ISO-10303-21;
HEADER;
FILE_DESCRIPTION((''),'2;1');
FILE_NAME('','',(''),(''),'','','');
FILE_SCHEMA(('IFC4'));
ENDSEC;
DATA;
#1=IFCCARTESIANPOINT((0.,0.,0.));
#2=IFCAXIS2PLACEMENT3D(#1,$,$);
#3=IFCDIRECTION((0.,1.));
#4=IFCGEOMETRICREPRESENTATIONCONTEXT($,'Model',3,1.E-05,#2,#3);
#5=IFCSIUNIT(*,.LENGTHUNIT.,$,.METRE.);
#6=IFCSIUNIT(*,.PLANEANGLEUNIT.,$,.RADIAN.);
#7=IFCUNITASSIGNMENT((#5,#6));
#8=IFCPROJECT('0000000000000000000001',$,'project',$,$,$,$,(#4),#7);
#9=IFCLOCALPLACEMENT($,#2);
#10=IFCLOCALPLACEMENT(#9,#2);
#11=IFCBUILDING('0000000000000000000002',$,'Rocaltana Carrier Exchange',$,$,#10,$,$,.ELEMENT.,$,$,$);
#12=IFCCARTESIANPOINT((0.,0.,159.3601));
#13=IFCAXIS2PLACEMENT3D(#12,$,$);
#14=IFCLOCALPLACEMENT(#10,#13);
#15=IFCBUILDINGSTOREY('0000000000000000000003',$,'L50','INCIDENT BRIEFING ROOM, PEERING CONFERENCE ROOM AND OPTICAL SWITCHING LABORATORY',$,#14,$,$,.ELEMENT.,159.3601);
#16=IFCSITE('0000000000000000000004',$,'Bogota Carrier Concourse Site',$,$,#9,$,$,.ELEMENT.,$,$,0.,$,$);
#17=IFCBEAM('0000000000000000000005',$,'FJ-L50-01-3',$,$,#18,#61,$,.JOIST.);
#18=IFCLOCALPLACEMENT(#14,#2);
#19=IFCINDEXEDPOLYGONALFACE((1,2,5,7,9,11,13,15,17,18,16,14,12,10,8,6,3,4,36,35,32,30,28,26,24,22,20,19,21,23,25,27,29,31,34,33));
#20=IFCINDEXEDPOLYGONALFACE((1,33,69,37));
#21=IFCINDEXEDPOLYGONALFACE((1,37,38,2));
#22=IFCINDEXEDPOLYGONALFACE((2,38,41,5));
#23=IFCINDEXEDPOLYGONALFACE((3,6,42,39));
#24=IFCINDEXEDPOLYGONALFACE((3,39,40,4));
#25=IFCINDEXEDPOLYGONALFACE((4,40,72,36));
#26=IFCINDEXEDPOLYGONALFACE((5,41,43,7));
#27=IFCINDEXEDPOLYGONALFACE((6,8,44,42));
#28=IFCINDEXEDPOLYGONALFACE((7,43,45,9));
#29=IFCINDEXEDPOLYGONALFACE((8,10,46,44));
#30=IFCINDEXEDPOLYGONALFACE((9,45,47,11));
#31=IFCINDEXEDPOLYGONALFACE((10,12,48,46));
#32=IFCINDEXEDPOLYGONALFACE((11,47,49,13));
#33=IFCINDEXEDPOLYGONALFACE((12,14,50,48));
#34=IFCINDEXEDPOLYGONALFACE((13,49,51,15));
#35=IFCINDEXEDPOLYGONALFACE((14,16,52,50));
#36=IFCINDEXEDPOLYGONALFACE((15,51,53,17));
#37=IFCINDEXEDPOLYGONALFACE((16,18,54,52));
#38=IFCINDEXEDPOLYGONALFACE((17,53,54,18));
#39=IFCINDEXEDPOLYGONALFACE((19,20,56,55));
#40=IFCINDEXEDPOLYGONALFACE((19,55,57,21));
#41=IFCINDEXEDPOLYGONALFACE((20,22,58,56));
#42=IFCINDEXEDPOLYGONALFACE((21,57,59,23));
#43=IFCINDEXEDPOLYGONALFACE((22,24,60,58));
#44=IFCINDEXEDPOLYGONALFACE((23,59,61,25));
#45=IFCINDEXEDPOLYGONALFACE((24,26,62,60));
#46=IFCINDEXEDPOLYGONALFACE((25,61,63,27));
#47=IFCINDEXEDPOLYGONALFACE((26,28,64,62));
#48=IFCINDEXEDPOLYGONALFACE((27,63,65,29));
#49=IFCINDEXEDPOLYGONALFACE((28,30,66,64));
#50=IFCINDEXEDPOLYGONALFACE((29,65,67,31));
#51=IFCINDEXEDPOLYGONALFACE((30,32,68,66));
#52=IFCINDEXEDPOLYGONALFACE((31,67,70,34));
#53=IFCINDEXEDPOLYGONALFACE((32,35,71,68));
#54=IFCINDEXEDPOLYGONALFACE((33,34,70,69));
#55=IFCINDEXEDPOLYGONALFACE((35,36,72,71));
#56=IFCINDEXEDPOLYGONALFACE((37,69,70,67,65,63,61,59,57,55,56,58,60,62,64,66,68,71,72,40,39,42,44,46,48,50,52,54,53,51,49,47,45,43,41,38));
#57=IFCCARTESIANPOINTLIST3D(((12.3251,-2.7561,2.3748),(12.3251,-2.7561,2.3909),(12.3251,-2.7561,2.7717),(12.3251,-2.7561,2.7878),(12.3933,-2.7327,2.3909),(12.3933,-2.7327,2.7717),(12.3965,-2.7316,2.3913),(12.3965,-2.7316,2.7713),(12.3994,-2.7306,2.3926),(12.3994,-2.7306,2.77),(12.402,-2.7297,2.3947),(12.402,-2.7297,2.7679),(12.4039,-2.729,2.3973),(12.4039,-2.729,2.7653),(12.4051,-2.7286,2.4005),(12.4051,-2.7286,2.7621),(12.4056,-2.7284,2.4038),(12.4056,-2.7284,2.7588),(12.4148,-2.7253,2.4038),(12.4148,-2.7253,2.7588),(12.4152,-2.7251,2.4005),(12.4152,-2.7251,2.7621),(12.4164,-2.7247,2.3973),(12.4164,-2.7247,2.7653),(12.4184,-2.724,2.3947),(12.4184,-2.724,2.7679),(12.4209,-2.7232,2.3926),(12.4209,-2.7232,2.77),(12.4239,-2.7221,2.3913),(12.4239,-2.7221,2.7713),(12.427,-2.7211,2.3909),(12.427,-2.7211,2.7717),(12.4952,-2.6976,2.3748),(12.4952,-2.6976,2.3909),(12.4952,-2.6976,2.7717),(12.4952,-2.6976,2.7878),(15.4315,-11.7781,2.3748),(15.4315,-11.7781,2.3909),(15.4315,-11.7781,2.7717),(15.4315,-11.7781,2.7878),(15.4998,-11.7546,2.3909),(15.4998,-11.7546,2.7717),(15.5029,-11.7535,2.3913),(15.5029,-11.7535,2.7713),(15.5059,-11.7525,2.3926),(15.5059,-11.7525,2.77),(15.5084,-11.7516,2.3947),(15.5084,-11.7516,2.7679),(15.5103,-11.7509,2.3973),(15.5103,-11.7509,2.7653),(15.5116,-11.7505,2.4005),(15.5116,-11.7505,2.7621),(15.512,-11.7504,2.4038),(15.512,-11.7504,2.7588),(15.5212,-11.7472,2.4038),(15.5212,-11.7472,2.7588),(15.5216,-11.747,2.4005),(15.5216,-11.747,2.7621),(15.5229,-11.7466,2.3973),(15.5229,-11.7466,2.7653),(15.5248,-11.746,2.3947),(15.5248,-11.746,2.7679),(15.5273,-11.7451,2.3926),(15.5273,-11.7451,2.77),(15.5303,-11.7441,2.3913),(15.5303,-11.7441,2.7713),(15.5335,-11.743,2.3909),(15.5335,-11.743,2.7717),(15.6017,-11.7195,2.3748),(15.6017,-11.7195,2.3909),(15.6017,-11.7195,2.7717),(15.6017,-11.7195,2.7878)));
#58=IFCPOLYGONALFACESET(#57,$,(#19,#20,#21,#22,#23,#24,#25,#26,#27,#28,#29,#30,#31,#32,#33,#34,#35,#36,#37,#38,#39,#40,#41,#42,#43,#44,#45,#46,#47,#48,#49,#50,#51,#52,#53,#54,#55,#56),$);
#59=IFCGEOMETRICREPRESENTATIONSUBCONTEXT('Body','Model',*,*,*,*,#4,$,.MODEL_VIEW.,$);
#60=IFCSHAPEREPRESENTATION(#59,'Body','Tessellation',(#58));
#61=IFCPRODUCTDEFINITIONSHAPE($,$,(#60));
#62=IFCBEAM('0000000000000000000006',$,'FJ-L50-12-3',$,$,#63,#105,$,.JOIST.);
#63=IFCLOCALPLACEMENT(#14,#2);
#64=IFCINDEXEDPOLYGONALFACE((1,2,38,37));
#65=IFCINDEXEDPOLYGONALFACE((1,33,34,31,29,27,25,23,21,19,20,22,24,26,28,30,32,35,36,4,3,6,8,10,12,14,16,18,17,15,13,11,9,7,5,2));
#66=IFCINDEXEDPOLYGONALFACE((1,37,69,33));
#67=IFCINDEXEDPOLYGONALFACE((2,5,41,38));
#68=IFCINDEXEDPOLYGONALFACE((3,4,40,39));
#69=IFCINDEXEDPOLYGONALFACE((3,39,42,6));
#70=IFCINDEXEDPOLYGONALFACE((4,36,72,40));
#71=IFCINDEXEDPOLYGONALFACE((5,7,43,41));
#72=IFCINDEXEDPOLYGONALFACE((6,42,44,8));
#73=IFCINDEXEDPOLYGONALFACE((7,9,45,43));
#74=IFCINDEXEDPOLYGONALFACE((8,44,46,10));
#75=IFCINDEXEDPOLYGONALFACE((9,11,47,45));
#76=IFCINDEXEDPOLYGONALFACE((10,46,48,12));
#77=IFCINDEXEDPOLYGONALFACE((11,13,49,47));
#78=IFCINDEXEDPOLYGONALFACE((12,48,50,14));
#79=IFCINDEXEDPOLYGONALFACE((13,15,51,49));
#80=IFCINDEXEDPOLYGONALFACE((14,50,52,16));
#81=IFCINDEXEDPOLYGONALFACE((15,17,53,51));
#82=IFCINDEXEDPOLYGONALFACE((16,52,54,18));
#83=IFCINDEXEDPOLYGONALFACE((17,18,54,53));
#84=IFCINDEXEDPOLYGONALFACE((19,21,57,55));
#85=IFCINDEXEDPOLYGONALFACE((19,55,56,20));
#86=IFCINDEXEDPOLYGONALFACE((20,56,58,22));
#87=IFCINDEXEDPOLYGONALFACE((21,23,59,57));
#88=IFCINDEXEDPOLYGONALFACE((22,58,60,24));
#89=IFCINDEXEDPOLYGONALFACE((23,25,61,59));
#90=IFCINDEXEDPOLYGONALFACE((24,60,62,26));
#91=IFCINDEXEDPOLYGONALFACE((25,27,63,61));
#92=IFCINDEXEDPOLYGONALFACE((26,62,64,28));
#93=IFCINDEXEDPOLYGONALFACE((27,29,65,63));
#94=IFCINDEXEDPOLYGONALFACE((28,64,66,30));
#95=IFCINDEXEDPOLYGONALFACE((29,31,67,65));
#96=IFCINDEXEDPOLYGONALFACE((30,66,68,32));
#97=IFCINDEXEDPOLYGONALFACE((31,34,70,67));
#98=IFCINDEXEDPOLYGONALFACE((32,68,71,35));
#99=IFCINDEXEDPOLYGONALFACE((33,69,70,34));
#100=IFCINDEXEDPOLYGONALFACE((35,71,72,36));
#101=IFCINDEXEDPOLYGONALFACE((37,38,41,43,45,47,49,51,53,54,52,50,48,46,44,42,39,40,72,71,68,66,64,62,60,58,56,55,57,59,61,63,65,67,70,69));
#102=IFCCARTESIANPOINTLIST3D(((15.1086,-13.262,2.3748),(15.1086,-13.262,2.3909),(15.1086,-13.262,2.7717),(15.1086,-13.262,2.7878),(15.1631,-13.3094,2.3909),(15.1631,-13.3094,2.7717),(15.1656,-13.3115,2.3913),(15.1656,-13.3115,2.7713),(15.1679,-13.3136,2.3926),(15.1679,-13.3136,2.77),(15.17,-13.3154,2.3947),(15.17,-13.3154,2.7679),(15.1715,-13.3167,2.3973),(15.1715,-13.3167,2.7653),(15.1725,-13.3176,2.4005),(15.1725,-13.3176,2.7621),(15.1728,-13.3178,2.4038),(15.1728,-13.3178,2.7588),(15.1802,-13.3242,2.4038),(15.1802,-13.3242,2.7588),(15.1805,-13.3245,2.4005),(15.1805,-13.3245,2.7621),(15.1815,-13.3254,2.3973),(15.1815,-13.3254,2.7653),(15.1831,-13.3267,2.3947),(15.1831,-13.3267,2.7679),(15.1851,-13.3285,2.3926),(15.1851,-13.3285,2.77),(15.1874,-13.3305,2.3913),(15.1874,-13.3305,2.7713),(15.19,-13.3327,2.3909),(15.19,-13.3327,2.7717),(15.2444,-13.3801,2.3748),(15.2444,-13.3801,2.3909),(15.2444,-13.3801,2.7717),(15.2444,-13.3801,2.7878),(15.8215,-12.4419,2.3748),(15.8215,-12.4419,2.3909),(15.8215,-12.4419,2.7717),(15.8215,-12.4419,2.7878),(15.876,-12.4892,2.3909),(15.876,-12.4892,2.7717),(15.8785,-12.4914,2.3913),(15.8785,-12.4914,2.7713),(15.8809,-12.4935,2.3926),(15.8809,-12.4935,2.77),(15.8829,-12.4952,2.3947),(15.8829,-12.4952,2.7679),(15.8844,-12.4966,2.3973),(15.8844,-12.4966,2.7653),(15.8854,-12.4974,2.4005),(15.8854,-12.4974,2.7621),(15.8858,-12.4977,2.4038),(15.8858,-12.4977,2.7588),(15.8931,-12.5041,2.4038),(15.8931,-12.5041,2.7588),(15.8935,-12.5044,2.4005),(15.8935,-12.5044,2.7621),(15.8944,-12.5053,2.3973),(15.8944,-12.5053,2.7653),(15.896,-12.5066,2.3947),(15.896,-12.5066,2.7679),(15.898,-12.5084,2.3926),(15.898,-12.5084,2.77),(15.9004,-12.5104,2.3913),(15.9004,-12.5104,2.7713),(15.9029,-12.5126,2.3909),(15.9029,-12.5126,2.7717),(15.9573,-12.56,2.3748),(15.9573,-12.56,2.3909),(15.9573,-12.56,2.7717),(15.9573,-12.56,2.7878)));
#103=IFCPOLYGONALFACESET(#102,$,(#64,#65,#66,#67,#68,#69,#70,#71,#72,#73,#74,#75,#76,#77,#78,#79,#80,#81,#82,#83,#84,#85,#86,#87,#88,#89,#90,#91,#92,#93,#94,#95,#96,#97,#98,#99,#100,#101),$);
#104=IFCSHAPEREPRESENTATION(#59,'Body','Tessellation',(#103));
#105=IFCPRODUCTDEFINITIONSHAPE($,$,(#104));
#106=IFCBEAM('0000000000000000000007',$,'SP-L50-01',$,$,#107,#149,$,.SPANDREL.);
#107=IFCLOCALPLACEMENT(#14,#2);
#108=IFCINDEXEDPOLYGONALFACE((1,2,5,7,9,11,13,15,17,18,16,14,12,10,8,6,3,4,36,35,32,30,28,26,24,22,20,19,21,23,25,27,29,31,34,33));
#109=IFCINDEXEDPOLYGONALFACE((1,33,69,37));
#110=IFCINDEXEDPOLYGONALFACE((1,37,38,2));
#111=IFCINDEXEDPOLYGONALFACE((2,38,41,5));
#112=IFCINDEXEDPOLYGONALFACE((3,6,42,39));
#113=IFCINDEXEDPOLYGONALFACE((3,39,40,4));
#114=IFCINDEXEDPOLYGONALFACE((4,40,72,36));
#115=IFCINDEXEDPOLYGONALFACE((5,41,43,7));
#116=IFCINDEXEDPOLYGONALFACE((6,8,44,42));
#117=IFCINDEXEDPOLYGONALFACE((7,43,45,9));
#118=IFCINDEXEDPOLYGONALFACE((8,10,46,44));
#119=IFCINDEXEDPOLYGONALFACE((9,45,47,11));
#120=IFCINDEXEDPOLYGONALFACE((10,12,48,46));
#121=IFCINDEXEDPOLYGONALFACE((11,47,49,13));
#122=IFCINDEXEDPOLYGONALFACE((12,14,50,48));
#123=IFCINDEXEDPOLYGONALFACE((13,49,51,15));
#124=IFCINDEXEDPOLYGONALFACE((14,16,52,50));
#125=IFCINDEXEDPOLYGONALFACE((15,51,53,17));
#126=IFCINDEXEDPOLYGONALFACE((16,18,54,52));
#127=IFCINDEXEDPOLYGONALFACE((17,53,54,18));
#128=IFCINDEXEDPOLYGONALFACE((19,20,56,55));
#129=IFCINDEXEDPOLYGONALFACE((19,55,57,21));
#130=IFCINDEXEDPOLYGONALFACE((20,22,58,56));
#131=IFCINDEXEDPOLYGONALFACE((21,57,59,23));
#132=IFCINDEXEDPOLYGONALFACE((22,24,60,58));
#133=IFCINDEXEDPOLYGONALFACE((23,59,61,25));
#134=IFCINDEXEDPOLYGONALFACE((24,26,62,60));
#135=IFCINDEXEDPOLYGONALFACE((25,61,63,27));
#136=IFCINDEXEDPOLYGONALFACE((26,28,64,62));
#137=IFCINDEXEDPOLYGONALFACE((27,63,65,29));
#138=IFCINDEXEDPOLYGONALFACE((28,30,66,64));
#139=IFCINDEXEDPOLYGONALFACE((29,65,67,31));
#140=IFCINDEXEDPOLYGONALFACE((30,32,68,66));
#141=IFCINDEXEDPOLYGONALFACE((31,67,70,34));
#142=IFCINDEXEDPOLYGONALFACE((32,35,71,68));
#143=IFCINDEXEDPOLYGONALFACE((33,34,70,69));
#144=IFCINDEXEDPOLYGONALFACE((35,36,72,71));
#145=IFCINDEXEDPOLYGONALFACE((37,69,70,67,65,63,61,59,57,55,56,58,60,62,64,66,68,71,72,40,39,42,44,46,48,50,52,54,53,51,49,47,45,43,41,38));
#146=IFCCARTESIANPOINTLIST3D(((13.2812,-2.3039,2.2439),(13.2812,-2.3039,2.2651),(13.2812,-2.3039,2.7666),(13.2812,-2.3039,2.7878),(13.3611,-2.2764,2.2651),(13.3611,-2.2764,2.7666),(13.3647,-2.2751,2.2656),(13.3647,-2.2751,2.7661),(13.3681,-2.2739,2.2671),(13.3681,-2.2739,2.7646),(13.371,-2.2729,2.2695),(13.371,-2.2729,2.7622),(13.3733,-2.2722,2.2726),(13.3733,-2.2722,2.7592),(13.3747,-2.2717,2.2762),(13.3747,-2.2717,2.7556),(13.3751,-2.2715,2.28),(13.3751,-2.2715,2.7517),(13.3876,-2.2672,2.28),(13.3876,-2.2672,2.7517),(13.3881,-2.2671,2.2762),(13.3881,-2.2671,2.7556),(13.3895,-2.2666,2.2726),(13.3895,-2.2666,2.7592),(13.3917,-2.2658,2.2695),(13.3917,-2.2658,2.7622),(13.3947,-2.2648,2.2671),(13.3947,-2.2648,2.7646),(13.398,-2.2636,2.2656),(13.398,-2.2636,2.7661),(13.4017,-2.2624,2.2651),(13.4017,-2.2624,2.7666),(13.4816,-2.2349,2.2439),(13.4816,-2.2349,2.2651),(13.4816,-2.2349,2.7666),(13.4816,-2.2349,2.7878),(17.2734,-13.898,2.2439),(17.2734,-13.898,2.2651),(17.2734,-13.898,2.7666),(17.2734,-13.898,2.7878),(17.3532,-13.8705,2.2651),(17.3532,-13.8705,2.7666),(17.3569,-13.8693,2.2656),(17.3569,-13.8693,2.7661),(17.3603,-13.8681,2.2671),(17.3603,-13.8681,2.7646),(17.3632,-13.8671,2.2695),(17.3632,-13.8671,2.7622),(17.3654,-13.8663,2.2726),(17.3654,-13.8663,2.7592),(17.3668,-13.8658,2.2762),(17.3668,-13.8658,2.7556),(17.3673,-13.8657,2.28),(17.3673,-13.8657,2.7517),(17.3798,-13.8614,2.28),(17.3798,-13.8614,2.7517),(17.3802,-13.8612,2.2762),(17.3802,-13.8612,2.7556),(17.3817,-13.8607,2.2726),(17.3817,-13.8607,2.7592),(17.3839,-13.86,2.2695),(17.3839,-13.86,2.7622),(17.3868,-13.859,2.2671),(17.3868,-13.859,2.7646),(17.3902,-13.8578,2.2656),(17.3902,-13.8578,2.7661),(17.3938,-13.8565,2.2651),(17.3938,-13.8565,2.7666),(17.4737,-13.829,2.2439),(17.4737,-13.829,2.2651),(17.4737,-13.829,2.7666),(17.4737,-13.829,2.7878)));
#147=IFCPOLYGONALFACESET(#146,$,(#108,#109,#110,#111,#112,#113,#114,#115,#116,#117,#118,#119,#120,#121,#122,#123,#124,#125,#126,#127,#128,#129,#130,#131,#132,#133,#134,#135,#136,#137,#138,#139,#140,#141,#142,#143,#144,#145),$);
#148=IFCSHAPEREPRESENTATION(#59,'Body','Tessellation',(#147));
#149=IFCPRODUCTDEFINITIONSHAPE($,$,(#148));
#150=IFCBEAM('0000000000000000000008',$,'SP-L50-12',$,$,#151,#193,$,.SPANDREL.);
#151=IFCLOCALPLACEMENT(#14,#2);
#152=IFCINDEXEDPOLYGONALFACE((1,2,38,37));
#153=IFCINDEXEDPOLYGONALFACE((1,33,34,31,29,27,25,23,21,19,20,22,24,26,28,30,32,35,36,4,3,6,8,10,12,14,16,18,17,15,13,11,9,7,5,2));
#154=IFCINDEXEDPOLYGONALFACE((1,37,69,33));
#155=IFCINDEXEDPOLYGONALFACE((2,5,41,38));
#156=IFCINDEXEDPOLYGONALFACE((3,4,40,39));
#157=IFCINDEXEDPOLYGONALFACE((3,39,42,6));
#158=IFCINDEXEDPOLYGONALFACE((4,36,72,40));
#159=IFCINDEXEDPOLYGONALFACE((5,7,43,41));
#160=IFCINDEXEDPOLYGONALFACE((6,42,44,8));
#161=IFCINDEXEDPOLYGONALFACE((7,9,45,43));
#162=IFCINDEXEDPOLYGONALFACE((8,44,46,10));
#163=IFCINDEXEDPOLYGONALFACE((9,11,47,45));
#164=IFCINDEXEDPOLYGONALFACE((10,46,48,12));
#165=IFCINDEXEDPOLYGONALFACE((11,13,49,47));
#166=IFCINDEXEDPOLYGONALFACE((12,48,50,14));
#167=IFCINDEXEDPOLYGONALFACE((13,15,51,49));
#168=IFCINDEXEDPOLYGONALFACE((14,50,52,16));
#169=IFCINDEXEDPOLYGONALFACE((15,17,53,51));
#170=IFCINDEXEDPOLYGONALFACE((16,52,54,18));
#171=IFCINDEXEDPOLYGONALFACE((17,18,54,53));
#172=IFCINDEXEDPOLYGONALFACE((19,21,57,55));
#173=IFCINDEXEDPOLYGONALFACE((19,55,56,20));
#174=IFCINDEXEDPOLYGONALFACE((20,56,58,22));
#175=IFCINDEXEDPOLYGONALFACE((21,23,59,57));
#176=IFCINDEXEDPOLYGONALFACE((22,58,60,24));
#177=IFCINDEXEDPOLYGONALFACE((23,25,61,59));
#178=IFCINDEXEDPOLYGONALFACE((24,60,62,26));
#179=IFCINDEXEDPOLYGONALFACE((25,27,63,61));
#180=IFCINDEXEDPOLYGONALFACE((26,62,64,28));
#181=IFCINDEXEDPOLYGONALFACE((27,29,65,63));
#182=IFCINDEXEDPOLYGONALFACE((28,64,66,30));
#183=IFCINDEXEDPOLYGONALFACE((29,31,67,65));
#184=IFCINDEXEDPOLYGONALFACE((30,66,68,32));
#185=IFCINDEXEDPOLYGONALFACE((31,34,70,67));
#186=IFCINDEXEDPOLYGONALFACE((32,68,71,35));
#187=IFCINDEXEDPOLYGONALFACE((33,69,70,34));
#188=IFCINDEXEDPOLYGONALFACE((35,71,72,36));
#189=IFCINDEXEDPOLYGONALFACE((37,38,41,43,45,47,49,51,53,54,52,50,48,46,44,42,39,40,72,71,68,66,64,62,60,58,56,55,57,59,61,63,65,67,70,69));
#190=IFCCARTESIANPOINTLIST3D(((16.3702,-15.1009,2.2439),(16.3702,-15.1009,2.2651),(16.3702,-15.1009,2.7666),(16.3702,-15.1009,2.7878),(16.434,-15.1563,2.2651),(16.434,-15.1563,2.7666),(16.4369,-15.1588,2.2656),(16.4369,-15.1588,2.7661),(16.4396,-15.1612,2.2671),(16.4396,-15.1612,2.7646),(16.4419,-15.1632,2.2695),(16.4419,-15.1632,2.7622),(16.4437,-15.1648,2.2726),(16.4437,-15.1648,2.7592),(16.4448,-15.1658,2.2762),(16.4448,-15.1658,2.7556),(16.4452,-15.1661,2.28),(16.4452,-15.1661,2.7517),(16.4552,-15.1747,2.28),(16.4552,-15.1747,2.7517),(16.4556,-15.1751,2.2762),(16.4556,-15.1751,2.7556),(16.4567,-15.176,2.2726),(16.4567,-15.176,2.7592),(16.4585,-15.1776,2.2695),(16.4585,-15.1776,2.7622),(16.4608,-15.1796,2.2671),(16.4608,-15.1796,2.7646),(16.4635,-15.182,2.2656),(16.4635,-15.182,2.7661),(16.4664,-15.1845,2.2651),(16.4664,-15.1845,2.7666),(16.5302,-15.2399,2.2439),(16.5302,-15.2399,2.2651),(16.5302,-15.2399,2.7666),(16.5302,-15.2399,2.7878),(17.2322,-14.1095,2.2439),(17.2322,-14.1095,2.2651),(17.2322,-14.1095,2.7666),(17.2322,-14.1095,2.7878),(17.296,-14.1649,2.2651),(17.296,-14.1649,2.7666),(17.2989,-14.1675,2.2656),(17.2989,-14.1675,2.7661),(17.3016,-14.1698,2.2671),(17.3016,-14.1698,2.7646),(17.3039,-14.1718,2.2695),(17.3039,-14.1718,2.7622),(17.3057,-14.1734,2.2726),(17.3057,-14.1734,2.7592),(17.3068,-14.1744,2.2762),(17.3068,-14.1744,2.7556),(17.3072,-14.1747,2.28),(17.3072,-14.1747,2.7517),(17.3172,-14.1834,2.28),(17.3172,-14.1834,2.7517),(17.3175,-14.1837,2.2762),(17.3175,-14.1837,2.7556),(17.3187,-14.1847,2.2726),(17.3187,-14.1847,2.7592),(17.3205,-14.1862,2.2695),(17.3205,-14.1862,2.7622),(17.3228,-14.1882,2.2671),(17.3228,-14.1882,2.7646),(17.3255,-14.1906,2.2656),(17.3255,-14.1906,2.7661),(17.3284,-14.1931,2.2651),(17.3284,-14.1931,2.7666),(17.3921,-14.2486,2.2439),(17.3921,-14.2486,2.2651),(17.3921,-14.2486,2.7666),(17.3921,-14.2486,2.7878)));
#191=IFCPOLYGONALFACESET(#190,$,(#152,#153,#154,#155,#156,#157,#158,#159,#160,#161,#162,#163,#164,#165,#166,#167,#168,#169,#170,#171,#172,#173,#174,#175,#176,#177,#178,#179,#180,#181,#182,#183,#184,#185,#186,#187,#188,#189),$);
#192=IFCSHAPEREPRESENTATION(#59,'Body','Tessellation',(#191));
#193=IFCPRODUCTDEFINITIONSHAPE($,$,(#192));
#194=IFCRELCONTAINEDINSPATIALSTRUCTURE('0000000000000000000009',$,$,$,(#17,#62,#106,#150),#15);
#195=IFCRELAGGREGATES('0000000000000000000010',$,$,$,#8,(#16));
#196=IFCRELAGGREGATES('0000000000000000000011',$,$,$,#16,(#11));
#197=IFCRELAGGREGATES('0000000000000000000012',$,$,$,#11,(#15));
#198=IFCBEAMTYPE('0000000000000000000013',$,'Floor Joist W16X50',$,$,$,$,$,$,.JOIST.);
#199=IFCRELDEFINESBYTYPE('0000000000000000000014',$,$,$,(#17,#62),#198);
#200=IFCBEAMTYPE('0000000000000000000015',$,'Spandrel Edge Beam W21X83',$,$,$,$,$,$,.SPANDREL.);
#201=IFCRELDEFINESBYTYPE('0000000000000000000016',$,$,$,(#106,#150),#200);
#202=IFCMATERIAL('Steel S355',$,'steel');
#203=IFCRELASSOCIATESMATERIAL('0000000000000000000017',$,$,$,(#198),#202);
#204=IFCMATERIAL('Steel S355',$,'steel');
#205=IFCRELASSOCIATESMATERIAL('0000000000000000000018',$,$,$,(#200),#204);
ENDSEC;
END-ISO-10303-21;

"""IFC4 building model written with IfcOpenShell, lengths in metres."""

from ifc_helpers import new_model, si_unit, direction, frame, origin, origin_2d, place, context, subcontext, project, spatial, i_section, extrude, material, material_profile, profile_set, type_object, element, save


model = new_model("IFC4")

# Units and contexts
model_context = context("Model", 3, precision=1e-05, world=origin(), true_north=direction((0.0, 1.0)))
body_context = subcontext(model_context, "Body", "Model", "MODEL_VIEW")
ifc_project = project(units=[si_unit("LENGTHUNIT", "METRE"), si_unit("PLANEANGLEUNIT", "RADIAN")], contexts=[model_context])

# Site, building, storey
site_placement = place(None, origin())
site = spatial("IfcSite", under=ifc_project, at=site_placement, Name="Bogota Carrier Concourse Site", CompositionType="ELEMENT", RefElevation=0.0)
building_placement = place(site_placement, origin())
building = spatial("IfcBuilding", under=site, at=building_placement, Name="Rocaltana Carrier Exchange", CompositionType="ELEMENT")
storey_placement = place(building_placement, frame((0.0, 0.0, 159.3601)))
storey = spatial("IfcBuildingStorey", under=building, at=storey_placement, Name="L50", Description="INCIDENT BRIEFING ROOM, PEERING CONFERENCE ROOM AND OPTICAL SWITCHING LABORATORY", CompositionType="ELEMENT", Elevation=159.3601)

# Beams
ifc_material_1 = material(Name="Steel S355", Category="steel")
ifc_material_profile_1 = material_profile(ifc_material_1, i_section(OverallWidth=0.1799, OverallDepth=0.4131, WebThickness=0.0098, FlangeThickness=0.0161, FilletRadius=0.0129, at=origin_2d()), Name="W16X50")
ifc_profile_set_1 = profile_set([ifc_material_profile_1], Name="Steel S355")
beam_type_1 = type_object("IfcBeamType", Name="Floor Joist W16X50", PredefinedType="JOIST", material=ifc_profile_set_1)
beam_1_placement = place(storey_placement, frame((15.5166, -11.7488, 2.5813), z_axis=(-0.325562, 0.945521, 0.0), x_axis=(-0.945521, -0.325562, 0.0)))
element("IfcBeam", 1, at=beam_1_placement, inside=storey, type_object=beam_type_1, Name="FJ-L50-01-3", PredefinedType="JOIST", context=body_context, shape_type="SweptSolid", body=[
    extrude(i_section(OverallWidth=0.1799, OverallDepth=0.4131, WebThickness=0.0098, FlangeThickness=0.0161, FilletRadius=0.0129, at=origin_2d()), origin(), (0.0, 0.0, 1.0), 9.5417),
])
beam_2_placement = place(storey_placement, frame((15.1765, -13.321, 2.5813), z_axis=(0.656067, 0.754702, 0.0), x_axis=(-0.754702, 0.656067, 0.0)))
element("IfcBeam", 2, at=beam_2_placement, inside=storey, type_object=beam_type_1, Name="FJ-L50-12-3", PredefinedType="JOIST", context=body_context, shape_type="SweptSolid", body=[
    extrude(i_section(OverallWidth=0.1799, OverallDepth=0.4131, WebThickness=0.0098, FlangeThickness=0.0161, FilletRadius=0.0129, at=origin_2d()), origin(), (0.0, 0.0, 1.0), 1.0867),
])
ifc_material_2 = material(Name="Steel S355", Category="steel")
ifc_material_profile_2 = material_profile(ifc_material_2, i_section(OverallWidth=0.2119, OverallDepth=0.5439, WebThickness=0.0132, FlangeThickness=0.0212, FilletRadius=0.0149, at=origin_2d()), Name="W21X83")
ifc_profile_set_2 = profile_set([ifc_material_profile_2], Name="Steel S355")
beam_type_2 = type_object("IfcBeamType", Name="Spandrel Edge Beam W21X83", PredefinedType="SPANDREL", material=ifc_profile_set_2)
beam_3_placement = place(storey_placement, frame((17.3735, -13.8635, 2.5159), z_axis=(-0.325566, 0.945519, 0.0), x_axis=(-0.945519, -0.325566, 0.0)))
element("IfcBeam", 3, at=beam_3_placement, inside=storey, type_object=beam_type_2, Name="SP-L50-01", PredefinedType="SPANDREL", context=body_context, shape_type="SweptSolid", body=[
    extrude(i_section(OverallWidth=0.2119, OverallDepth=0.5439, WebThickness=0.0132, FlangeThickness=0.0212, FilletRadius=0.0149, at=origin_2d()), origin(), (0.0, 0.0, 1.0), 12.2622),
])
beam_4_placement = place(storey_placement, frame((16.4502, -15.1704, 2.5159), z_axis=(0.656147, 0.754634, 0.0), x_axis=(-0.754634, 0.656147, 0.0)))
element("IfcBeam", 4, at=beam_4_placement, inside=storey, type_object=beam_type_2, Name="SP-L50-12", PredefinedType="SPANDREL", context=body_context, shape_type="SweptSolid", body=[
    extrude(i_section(OverallWidth=0.2119, OverallDepth=0.5439, WebThickness=0.0132, FlangeThickness=0.0212, FilletRadius=0.0149, at=origin_2d()), origin(), (0.0, 0.0, 1.0), 1.3137),
])

save(model, "model.ifc")
